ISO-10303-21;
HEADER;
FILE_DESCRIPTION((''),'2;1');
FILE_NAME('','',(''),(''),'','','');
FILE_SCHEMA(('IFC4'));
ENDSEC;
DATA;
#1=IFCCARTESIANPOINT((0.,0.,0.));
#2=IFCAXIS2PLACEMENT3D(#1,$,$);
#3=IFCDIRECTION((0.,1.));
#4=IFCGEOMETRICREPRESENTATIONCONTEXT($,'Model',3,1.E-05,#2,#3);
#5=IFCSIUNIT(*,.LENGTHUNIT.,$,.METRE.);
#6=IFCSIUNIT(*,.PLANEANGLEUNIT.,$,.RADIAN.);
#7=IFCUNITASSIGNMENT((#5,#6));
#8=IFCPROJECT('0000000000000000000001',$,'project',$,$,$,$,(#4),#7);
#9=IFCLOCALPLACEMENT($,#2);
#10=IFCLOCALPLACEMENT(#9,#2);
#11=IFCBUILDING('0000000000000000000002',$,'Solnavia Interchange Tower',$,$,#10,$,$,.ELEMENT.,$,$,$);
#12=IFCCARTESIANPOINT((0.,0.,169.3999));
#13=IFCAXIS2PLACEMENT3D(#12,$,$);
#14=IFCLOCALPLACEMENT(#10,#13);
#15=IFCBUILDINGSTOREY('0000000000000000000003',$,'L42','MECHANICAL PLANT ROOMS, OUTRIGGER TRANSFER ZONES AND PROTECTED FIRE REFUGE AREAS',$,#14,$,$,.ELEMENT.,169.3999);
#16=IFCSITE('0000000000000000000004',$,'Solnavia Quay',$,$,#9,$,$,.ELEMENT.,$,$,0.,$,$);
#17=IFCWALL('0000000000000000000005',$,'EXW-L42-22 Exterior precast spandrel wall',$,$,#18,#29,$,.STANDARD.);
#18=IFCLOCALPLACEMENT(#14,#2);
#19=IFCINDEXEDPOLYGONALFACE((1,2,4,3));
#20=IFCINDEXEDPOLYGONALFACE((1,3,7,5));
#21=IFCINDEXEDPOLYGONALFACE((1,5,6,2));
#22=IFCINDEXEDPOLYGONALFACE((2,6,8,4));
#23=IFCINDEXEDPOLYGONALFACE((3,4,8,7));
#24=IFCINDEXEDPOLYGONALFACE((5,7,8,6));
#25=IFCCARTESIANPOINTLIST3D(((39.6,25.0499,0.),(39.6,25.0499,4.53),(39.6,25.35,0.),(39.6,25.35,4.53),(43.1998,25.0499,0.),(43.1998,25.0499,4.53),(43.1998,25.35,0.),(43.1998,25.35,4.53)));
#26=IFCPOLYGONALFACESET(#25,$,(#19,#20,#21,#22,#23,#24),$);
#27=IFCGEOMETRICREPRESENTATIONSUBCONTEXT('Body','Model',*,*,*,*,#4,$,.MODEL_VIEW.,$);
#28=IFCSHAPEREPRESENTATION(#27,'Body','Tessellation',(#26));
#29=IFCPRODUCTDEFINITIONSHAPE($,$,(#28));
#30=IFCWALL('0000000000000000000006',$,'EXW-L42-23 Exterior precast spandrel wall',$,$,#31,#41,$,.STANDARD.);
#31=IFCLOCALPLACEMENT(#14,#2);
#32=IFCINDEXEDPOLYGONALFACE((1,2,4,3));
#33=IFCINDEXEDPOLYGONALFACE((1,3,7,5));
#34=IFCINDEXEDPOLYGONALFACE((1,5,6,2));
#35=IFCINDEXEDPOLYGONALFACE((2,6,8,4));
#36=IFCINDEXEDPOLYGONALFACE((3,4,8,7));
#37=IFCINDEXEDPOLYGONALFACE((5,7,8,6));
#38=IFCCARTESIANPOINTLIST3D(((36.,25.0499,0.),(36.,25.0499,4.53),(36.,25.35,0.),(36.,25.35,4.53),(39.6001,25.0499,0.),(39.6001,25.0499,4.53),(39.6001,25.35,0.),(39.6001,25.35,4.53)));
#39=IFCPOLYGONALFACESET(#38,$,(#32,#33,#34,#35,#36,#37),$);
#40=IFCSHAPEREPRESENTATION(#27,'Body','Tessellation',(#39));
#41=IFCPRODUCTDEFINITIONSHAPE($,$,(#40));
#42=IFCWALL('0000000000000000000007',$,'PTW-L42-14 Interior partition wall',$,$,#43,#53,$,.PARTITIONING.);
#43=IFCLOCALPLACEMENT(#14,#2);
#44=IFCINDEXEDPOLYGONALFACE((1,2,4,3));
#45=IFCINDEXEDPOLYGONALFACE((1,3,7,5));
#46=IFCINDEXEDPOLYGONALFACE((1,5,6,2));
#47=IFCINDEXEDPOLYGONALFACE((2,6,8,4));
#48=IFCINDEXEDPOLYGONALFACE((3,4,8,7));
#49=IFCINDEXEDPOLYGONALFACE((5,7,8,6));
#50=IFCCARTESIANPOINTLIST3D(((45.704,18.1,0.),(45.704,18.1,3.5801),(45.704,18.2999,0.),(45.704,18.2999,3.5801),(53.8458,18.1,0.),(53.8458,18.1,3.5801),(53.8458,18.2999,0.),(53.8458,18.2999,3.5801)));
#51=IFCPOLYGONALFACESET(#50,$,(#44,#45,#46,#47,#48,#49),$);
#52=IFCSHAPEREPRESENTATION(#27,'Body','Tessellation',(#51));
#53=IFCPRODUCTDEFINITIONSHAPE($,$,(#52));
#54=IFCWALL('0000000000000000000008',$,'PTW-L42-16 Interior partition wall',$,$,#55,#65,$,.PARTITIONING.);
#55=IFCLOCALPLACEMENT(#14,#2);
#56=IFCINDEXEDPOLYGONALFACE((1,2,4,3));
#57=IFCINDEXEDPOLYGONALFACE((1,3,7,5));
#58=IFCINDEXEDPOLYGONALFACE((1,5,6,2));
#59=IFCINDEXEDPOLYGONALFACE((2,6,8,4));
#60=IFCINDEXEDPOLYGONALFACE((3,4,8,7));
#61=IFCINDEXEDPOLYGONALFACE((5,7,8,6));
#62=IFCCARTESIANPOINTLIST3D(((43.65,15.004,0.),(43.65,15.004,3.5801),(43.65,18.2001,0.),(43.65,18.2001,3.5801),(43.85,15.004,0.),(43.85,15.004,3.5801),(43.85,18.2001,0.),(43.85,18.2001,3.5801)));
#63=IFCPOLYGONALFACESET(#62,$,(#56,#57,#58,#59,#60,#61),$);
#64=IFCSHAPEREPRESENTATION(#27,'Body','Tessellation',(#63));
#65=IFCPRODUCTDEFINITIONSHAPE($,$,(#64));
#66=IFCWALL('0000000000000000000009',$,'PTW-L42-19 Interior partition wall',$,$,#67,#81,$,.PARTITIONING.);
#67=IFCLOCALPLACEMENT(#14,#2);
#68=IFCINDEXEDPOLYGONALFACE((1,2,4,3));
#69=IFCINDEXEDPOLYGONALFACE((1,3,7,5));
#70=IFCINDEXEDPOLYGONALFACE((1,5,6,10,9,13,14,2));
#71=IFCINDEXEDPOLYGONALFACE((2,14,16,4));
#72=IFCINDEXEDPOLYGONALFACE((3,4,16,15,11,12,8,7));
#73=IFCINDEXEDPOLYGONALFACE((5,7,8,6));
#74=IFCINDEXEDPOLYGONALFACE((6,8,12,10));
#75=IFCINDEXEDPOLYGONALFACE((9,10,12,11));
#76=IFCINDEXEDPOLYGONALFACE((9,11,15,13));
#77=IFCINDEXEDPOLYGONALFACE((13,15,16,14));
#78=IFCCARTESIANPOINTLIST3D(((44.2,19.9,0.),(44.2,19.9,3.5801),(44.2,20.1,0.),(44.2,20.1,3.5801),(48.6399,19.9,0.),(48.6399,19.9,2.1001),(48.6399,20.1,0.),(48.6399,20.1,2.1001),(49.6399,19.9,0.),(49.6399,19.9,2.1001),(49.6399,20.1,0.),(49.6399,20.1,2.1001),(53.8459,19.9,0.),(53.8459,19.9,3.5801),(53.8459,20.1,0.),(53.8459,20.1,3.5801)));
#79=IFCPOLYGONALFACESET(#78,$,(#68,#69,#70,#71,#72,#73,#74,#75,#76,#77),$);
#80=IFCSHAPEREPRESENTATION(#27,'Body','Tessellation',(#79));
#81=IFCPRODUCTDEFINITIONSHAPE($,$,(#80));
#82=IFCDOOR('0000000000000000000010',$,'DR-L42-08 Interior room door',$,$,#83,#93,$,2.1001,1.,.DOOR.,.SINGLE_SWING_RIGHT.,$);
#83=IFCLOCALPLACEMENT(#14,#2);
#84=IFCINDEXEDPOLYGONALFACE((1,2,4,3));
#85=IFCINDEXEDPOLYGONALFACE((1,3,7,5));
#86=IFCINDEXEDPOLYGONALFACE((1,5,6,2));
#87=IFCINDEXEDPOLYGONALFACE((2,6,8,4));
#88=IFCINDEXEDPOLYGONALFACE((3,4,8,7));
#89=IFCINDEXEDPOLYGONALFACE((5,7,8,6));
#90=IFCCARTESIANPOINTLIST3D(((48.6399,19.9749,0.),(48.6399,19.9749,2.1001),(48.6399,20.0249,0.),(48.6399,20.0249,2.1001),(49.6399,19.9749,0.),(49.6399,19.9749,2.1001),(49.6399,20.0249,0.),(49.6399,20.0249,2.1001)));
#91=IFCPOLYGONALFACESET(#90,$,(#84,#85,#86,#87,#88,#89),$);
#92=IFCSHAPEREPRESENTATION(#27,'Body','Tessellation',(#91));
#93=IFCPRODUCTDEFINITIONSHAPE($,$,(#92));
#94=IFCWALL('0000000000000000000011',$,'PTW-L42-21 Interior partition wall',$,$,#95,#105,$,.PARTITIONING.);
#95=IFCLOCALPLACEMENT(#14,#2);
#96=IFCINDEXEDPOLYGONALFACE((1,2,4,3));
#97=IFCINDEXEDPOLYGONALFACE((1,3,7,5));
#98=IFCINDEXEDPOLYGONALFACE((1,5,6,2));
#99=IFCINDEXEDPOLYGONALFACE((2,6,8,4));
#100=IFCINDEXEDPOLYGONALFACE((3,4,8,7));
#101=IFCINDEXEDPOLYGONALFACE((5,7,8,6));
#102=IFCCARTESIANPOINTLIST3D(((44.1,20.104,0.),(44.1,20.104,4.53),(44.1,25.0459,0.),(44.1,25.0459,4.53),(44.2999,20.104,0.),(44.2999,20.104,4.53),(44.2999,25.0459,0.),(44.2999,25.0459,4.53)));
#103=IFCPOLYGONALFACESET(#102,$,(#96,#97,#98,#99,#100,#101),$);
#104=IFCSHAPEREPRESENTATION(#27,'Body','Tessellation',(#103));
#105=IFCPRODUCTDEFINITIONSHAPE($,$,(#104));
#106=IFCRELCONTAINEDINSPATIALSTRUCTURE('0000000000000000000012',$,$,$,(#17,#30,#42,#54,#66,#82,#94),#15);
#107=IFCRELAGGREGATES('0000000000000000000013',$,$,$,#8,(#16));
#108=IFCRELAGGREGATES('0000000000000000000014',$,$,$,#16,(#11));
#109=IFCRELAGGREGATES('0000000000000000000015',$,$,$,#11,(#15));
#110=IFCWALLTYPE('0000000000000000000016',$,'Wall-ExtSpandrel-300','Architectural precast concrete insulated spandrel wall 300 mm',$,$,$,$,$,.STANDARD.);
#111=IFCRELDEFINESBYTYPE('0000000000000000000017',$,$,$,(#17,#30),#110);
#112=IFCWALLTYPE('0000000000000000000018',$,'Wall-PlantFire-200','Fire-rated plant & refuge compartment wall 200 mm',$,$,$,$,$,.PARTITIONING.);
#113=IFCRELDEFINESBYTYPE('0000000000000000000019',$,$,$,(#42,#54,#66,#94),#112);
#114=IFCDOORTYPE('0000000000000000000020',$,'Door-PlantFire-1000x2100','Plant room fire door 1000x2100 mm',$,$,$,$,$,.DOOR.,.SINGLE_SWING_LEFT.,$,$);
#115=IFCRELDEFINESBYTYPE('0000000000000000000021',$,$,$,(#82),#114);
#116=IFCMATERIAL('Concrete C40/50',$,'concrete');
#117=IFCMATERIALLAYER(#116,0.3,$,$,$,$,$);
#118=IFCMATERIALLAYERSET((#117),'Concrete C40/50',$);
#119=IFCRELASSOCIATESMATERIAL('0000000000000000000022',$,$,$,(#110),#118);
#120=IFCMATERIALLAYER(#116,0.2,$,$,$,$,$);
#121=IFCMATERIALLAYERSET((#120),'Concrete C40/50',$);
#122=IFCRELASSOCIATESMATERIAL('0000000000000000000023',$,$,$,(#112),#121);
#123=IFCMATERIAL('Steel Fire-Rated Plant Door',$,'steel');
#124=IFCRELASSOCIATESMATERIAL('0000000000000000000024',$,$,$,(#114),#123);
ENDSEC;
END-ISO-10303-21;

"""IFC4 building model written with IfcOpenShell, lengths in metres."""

from ifc_helpers import new_model, si_unit, direction, frame, frame_2d, origin, place, context, subcontext, project, spatial, rectangle, extrude, material, layer, layer_set, type_object, element, fill, save


model = new_model("IFC4")

# Units and contexts
model_context = context("Model", 3, precision=1e-05, world=origin(), true_north=direction((0.0, 1.0)))
body_context = subcontext(model_context, "Body", "Model", "MODEL_VIEW")
ifc_project = project(units=[si_unit("LENGTHUNIT", "METRE"), si_unit("PLANEANGLEUNIT", "RADIAN")], contexts=[model_context])

# Site, building, storey
site_placement = place(None, origin())
site = spatial("IfcSite", under=ifc_project, at=site_placement, Name="Solnavia Quay", CompositionType="ELEMENT", RefElevation=0.0)
building_placement = place(site_placement, origin())
building = spatial("IfcBuilding", under=site, at=building_placement, Name="Solnavia Interchange Tower", CompositionType="ELEMENT")
storey_placement = place(building_placement, frame((0.0, 0.0, 169.3999)))
storey = spatial("IfcBuildingStorey", under=building, at=storey_placement, Name="L42", Description="MECHANICAL PLANT ROOMS, OUTRIGGER TRANSFER ZONES AND PROTECTED FIRE REFUGE AREAS", CompositionType="ELEMENT", Elevation=169.3999)

# Walls
ifc_material_1 = material(Name="Concrete C40/50", Category="concrete")
ifc_layer_1 = layer(ifc_material_1, 0.3)
ifc_layer_set_1 = layer_set([ifc_layer_1], Name="Concrete C40/50")
wall_type_1 = type_object("IfcWallType", Name="Wall-ExtSpandrel-300", Description="Architectural precast concrete insulated spandrel wall 300 mm", PredefinedType="STANDARD", material=ifc_layer_set_1)
wall_1_placement = place(storey_placement, frame((39.6001, 25.2, 0.0), z_axis=(0.0, 0.0, 1.0), x_axis=(1.0, 0.0, 0.0)))
element("IfcWall", 1, at=wall_1_placement, inside=storey, type_object=wall_type_1, Name="EXW-L42-22 Exterior precast spandrel wall", PredefinedType="STANDARD", context=body_context, shape_type="SweptSolid", body=[
    extrude(rectangle(XDim=3.5999, YDim=0.3, at=frame_2d((1.7998, 0.0))), origin(), (0.0, 0.0, 1.0), 4.53),
])
wall_2_placement = place(storey_placement, frame((36.0, 25.2, 0.0), z_axis=(0.0, 0.0, 1.0), x_axis=(1.0, 0.0, 0.0)))
element("IfcWall", 2, at=wall_2_placement, inside=storey, type_object=wall_type_1, Name="EXW-L42-23 Exterior precast spandrel wall", PredefinedType="STANDARD", context=body_context, shape_type="SweptSolid", body=[
    extrude(rectangle(XDim=3.6001, YDim=0.3, at=frame_2d((1.8, 0.0))), origin(), (0.0, 0.0, 1.0), 4.53),
])
ifc_layer_2 = layer(ifc_material_1, 0.2)
ifc_layer_set_2 = layer_set([ifc_layer_2], Name="Concrete C40/50")
wall_type_2 = type_object("IfcWallType", Name="Wall-PlantFire-200", Description="Fire-rated plant & refuge compartment wall 200 mm", PredefinedType="PARTITIONING", material=ifc_layer_set_2)
wall_3_placement = place(storey_placement, frame((45.7041, 18.2, 0.0), z_axis=(0.0, 0.0, 1.0), x_axis=(1.0, 0.0, 0.0)))
element("IfcWall", 3, at=wall_3_placement, inside=storey, type_object=wall_type_2, Name="PTW-L42-14 Interior partition wall", PredefinedType="PARTITIONING", context=body_context, shape_type="SweptSolid", body=[
    extrude(rectangle(XDim=8.1418, YDim=0.2, at=frame_2d((4.0708, 0.0))), origin(), (0.0, 0.0, 1.0), 3.5801),
])
wall_4_placement = place(storey_placement, frame((43.75, 15.0039, 0.0), z_axis=(0.0, 0.0, 1.0), x_axis=(0.0, 1.0, 0.0)))
element("IfcWall", 4, at=wall_4_placement, inside=storey, type_object=wall_type_2, Name="PTW-L42-16 Interior partition wall", PredefinedType="PARTITIONING", context=body_context, shape_type="SweptSolid", body=[
    extrude(rectangle(XDim=3.196, YDim=0.2, at=frame_2d((1.5981, 0.0))), origin(), (0.0, 0.0, 1.0), 3.5801),
])

# Wall, opening, door
wall_5_placement = place(storey_placement, frame((44.2, 20.0, 0.0), z_axis=(0.0, 0.0, 1.0), x_axis=(1.0, 0.0, 0.0)))
wall_5 = element("IfcWall", 5, at=wall_5_placement, inside=storey, type_object=wall_type_2, Name="PTW-L42-19 Interior partition wall", PredefinedType="PARTITIONING", context=body_context, shape_type="SweptSolid", body=[
    extrude(rectangle(XDim=9.646, YDim=0.2, at=frame_2d((4.823, 0.0))), origin(), (0.0, 0.0, 1.0), 3.5801),
])
opening_placement = place(wall_5_placement, frame((4.4399, 0.0, 0.0)))
opening = element("IfcOpeningElement", 6, at=opening_placement, cuts=wall_5, PredefinedType="OPENING", context=body_context, shape_type="SweptSolid", body=[
    extrude(rectangle(XDim=1.0, YDim=2.1001, at=frame_2d((0.5, 1.05))), frame((0.0, 0.1099, 0.0), z_axis=(0.0, -1.0, 0.0), x_axis=(1.0, 0.0, 0.0)), (0.0, 0.0, 1.0), 0.22),
])
ifc_material_2 = material(Name="Steel Fire-Rated Plant Door", Category="steel")
door_type = type_object("IfcDoorType", Name="Door-PlantFire-1000x2100", Description="Plant room fire door 1000x2100 mm", OperationType="SINGLE_SWING_LEFT", PredefinedType="DOOR", material=ifc_material_2)
door_placement = place(opening_placement, origin())
door = element("IfcDoor", 7, at=door_placement, inside=storey, type_object=door_type, Name="DR-L42-08 Interior room door", OperationType="SINGLE_SWING_RIGHT", OverallHeight=2.1001, OverallWidth=1.0, PredefinedType="DOOR", context=body_context, shape_type="SweptSolid", body=[
    extrude(rectangle(XDim=1.0, YDim=2.1001, at=frame_2d((0.5, 1.05))), frame((0.0, 0.0249, 0.0), z_axis=(0.0, -1.0, 0.0), x_axis=(1.0, 0.0, 0.0)), (0.0, 0.0, 1.0), 0.05),
])
fill(opening, door)

# Wall
wall_6_placement = place(storey_placement, frame((44.2, 20.104, 0.0), z_axis=(0.0, 0.0, 1.0), x_axis=(0.0, 1.0, 0.0)))
element("IfcWall", 8, at=wall_6_placement, inside=storey, type_object=wall_type_2, Name="PTW-L42-21 Interior partition wall", PredefinedType="PARTITIONING", context=body_context, shape_type="SweptSolid", body=[
    extrude(rectangle(XDim=4.9419, YDim=0.2, at=frame_2d((2.4709, 0.0))), origin(), (0.0, 0.0, 1.0), 4.53),
])

save(model, "model.ifc")
